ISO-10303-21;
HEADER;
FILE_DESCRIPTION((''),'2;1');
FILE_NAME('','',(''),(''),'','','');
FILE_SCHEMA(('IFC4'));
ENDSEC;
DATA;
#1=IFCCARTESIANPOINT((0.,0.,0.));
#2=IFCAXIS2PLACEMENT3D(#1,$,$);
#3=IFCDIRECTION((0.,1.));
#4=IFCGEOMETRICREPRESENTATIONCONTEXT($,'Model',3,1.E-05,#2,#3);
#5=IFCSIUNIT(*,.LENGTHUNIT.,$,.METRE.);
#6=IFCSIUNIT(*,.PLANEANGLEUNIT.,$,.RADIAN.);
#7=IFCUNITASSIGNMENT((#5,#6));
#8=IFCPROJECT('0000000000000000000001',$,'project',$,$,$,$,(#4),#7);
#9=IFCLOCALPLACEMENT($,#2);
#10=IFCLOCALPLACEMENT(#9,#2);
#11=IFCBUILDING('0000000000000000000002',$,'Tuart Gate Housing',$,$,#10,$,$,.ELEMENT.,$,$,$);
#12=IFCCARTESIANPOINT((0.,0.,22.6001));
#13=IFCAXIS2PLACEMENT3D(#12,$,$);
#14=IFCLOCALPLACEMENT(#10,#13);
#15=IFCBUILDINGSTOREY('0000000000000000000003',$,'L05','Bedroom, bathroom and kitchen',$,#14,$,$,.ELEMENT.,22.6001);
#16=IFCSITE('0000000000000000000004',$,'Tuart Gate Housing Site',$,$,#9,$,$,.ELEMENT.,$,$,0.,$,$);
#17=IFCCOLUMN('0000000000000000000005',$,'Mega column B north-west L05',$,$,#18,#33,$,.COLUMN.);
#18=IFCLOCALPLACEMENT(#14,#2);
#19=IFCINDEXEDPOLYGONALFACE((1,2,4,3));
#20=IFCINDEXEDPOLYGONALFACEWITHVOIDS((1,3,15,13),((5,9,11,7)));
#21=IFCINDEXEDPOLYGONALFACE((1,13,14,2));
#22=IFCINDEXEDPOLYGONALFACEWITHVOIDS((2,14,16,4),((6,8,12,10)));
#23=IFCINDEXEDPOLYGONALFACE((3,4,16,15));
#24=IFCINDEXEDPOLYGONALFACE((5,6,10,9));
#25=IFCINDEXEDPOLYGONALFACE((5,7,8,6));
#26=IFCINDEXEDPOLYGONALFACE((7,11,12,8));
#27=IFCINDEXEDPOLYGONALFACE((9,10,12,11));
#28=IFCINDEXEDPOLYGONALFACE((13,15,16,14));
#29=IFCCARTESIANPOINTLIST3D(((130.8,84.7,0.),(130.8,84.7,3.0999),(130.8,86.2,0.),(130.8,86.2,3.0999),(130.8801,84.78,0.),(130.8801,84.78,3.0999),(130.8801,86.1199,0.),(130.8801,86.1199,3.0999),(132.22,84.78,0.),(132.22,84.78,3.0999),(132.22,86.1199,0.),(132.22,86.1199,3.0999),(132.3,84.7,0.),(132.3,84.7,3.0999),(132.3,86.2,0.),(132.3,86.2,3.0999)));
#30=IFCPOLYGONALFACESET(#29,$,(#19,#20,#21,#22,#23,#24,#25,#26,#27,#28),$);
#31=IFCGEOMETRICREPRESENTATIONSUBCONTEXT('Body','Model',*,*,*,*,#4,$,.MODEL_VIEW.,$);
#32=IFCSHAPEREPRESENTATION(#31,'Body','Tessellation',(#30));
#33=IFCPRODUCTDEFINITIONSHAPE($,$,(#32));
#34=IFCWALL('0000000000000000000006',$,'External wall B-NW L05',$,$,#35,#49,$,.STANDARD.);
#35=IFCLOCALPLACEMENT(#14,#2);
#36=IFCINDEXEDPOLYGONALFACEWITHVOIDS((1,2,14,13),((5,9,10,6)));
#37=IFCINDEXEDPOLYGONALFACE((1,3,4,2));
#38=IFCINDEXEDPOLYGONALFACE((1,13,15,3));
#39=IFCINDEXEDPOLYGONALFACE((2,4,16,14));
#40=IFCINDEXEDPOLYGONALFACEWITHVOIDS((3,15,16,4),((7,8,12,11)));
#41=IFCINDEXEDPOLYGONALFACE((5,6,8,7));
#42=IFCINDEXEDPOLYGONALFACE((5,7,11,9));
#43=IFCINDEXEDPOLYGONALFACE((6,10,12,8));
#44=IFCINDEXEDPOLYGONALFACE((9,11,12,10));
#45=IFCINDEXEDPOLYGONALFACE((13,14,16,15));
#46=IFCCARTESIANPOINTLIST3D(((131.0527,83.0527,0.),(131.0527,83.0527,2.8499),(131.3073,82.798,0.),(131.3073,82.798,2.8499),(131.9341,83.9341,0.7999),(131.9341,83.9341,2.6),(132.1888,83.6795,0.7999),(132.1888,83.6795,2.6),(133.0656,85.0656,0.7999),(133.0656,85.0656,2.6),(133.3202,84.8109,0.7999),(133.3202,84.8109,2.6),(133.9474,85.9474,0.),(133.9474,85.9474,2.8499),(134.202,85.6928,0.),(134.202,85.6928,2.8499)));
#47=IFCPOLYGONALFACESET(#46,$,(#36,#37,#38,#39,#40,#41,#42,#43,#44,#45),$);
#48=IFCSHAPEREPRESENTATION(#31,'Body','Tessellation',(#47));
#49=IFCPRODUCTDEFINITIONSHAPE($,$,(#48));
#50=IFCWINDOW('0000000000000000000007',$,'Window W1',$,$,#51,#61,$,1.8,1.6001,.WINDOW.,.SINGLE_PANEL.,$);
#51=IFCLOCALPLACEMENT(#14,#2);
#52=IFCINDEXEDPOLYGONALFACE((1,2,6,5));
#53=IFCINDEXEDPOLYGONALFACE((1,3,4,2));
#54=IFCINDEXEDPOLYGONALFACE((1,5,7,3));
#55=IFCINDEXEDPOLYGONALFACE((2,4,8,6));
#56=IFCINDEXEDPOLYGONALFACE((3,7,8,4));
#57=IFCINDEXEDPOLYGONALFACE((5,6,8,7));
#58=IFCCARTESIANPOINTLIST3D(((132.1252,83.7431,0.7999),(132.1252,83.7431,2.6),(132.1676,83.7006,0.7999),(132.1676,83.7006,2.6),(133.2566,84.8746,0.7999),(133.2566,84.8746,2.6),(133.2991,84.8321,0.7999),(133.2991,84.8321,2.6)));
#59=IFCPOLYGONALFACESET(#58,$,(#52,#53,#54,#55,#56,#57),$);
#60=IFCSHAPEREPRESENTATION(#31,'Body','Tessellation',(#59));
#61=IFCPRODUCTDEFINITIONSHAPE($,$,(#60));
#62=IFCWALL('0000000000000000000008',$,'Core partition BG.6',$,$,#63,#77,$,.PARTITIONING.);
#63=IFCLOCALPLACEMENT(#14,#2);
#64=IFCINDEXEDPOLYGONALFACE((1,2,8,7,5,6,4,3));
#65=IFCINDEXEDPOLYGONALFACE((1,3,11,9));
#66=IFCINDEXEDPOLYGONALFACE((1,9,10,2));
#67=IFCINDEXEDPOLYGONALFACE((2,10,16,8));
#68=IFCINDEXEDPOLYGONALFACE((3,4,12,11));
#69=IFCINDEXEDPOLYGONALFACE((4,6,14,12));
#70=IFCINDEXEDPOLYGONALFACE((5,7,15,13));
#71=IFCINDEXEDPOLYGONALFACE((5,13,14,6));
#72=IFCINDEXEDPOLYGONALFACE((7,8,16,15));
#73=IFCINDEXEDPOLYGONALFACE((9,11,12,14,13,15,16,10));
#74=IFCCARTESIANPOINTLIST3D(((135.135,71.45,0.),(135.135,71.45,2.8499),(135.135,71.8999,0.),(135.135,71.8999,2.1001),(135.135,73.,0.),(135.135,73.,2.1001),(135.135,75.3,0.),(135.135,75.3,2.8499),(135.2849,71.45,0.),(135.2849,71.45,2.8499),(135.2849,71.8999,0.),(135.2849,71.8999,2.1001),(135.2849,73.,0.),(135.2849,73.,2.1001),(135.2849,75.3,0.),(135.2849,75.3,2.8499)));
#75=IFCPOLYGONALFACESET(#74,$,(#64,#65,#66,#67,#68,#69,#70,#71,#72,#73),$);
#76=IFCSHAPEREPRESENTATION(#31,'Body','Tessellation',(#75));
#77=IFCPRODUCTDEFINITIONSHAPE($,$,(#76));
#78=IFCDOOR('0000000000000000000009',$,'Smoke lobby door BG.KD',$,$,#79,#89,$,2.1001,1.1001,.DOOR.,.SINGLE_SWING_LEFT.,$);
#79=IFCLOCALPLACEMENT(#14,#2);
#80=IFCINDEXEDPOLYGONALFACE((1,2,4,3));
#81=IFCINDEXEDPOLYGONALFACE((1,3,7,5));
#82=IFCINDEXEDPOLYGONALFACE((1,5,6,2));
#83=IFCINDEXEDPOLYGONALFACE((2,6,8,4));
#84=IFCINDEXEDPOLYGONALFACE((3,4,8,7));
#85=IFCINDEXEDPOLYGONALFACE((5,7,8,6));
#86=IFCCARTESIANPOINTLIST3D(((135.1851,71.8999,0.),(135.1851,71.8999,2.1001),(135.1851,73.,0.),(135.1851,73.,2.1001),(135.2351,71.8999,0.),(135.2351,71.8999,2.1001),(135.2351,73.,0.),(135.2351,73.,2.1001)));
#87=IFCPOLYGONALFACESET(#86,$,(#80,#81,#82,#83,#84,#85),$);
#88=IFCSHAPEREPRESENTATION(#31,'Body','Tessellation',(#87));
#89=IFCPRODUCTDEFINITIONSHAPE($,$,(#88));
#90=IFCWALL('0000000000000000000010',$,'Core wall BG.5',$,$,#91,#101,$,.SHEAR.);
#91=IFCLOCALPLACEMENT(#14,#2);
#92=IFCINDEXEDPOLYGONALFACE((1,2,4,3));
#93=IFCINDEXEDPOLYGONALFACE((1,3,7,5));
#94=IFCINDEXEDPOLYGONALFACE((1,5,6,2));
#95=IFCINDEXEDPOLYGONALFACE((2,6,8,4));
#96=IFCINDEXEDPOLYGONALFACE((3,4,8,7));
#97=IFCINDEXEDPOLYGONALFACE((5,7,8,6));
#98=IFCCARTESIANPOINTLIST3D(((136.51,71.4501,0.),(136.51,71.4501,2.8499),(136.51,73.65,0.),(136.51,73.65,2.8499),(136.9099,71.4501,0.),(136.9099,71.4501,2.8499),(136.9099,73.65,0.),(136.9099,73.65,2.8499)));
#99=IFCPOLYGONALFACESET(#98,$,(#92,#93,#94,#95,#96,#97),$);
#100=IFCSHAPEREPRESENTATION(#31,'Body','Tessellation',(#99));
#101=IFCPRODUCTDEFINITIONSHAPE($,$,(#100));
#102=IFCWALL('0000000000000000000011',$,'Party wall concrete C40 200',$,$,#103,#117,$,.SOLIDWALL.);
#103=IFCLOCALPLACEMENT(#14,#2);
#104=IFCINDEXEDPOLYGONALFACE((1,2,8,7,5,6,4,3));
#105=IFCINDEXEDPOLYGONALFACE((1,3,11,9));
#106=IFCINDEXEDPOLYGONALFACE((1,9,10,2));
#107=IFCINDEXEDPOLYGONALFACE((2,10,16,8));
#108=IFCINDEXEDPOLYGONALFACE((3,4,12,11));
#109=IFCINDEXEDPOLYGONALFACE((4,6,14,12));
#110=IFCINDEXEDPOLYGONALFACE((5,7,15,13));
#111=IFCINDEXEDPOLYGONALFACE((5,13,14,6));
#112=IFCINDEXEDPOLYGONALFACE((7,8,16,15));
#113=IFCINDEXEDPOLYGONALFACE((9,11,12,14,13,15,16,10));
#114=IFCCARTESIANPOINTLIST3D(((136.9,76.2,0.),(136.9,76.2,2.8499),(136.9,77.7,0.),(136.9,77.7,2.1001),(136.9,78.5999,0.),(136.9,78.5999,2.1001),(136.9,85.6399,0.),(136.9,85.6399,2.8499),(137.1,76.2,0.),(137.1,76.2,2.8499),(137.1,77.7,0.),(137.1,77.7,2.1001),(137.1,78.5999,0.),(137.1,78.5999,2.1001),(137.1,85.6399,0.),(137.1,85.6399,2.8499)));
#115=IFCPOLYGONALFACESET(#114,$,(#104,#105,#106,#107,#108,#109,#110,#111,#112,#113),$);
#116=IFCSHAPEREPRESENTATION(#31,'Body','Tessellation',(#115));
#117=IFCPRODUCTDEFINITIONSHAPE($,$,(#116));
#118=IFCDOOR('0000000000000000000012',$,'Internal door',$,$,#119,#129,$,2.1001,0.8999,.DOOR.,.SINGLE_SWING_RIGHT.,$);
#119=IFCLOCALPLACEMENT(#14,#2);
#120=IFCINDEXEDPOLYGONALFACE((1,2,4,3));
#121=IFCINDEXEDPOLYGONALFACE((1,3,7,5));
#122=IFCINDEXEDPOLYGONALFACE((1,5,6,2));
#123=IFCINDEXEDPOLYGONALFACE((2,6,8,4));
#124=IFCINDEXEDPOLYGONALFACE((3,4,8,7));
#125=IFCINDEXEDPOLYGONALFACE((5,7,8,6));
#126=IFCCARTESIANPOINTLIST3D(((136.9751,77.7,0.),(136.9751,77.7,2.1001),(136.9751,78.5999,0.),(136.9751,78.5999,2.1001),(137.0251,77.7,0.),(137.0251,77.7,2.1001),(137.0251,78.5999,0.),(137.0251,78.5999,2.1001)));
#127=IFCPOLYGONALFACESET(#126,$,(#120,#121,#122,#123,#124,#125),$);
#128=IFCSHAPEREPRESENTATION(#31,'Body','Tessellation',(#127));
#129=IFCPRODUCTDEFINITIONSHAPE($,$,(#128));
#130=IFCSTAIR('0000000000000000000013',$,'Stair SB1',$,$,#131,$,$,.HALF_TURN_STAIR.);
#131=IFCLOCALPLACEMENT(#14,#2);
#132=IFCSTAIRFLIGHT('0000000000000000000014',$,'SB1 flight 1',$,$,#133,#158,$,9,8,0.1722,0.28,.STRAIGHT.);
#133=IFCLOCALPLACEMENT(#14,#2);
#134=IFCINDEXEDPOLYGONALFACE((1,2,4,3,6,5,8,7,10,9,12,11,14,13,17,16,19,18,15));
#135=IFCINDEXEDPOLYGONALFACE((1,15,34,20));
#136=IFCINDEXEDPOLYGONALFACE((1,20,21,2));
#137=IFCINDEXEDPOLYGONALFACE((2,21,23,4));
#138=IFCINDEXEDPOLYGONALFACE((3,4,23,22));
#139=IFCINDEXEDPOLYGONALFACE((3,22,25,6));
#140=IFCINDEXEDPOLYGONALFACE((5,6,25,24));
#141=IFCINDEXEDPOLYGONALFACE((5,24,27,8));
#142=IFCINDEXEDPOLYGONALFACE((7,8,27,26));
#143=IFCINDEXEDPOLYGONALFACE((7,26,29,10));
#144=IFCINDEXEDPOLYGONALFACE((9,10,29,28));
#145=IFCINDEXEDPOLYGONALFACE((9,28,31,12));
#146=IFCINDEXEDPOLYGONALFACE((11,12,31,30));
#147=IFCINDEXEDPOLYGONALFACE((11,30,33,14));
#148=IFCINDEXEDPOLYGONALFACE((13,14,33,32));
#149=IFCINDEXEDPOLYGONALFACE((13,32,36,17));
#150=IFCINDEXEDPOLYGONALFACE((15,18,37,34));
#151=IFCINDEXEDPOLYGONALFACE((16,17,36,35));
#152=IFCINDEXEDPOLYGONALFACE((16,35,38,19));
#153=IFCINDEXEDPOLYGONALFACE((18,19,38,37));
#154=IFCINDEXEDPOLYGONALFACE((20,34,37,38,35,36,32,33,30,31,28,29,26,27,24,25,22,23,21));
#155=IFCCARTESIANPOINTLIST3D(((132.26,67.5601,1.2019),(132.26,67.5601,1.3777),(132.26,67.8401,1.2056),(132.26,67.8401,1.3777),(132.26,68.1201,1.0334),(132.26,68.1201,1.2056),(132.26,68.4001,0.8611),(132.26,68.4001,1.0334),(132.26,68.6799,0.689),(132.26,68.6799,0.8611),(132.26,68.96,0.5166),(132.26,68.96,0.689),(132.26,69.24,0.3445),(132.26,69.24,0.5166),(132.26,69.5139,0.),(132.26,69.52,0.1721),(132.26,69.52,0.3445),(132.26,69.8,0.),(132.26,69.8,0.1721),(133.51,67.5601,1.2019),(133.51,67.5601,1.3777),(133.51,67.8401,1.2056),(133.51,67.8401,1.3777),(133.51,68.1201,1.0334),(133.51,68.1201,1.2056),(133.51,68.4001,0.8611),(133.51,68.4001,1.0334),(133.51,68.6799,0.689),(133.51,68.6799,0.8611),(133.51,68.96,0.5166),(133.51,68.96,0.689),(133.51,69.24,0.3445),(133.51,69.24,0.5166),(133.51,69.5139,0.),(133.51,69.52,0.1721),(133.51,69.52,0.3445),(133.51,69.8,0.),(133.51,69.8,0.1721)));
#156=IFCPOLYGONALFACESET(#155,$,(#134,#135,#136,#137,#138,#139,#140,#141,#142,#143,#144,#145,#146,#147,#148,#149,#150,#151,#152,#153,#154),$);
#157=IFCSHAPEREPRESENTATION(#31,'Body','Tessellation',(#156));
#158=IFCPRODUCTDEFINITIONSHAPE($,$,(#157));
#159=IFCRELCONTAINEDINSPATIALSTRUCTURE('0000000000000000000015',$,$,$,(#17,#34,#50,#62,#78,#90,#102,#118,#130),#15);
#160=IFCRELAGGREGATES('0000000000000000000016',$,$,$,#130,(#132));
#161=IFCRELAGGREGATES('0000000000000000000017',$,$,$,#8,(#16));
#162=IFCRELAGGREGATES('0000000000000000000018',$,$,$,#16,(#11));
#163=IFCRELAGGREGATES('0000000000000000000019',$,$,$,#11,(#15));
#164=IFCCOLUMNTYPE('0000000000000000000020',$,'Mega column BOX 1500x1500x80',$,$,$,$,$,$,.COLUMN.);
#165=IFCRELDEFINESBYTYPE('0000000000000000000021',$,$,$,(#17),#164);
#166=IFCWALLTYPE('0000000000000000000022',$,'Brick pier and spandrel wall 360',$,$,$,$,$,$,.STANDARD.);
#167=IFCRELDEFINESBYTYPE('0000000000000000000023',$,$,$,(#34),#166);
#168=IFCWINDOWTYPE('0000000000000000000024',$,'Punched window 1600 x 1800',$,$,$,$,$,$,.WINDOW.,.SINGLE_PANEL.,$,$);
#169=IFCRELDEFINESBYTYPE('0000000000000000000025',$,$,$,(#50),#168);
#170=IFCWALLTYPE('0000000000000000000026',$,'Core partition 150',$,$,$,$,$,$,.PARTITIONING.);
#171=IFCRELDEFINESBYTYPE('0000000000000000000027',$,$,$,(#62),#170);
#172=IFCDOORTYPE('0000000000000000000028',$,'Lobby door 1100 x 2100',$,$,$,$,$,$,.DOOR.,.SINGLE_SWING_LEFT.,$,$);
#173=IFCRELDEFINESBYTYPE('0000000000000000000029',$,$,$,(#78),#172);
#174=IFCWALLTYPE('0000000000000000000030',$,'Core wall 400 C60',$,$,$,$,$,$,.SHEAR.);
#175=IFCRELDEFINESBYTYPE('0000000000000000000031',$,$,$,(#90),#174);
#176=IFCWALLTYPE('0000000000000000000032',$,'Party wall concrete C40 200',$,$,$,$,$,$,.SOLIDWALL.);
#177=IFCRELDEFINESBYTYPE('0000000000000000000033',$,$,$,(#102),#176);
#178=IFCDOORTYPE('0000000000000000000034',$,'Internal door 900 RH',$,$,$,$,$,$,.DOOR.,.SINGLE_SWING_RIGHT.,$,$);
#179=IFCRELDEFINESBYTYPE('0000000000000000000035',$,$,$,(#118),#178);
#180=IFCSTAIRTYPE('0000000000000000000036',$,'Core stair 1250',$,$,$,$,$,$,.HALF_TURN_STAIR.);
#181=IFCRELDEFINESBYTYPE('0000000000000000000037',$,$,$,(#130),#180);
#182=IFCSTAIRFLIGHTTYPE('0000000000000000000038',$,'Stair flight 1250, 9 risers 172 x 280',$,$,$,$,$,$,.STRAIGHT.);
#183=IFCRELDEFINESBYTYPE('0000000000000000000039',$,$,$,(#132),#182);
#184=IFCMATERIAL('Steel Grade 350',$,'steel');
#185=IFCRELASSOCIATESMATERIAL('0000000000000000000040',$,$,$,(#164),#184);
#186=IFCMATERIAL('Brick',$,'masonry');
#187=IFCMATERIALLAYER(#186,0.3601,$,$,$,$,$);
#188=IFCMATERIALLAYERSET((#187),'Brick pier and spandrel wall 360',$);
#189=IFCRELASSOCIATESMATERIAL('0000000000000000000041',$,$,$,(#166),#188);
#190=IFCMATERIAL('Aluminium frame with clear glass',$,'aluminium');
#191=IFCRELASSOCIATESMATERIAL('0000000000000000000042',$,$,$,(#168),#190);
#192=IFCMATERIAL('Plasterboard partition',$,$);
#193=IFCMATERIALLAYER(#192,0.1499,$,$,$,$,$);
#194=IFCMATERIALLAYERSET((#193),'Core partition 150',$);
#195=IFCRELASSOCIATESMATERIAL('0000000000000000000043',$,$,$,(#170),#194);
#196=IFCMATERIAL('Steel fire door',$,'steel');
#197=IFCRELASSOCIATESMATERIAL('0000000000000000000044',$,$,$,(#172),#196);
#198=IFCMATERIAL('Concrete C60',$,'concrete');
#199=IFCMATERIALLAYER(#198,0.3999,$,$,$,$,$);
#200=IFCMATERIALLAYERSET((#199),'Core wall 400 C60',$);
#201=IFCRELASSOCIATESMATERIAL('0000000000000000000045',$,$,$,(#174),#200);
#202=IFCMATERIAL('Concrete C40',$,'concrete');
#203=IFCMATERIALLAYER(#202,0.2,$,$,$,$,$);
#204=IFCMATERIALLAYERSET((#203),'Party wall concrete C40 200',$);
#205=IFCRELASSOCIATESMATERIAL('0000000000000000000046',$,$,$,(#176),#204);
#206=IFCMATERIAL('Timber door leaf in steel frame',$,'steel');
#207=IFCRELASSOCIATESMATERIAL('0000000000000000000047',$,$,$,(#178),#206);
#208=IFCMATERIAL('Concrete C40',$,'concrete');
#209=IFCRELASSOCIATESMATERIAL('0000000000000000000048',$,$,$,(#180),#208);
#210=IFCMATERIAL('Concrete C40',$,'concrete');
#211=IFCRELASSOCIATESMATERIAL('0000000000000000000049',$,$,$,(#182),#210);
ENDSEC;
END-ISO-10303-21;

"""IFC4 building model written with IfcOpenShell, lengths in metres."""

from ifc_helpers import new_model, si_unit, direction, frame, frame_2d, origin, origin_2d, place, context, subcontext, project, spatial, polyline, rectangle, hollow_rectangle, outline, extrude, material, layer, layer_set, material_profile, profile_set, type_object, element, fill, aggregate, save


model = new_model("IFC4")

# Units and contexts
model_context = context("Model", 3, precision=1e-05, world=origin(), true_north=direction((0.0, 1.0)))
body_context = subcontext(model_context, "Body", "Model", "MODEL_VIEW")
ifc_project = project(units=[si_unit("LENGTHUNIT", "METRE"), si_unit("PLANEANGLEUNIT", "RADIAN")], contexts=[model_context])

# Site, building, storey
site_placement = place(None, origin())
site = spatial("IfcSite", under=ifc_project, at=site_placement, Name="Tuart Gate Housing Site", CompositionType="ELEMENT", RefElevation=0.0)
building_placement = place(site_placement, origin())
building = spatial("IfcBuilding", under=site, at=building_placement, Name="Tuart Gate Housing", CompositionType="ELEMENT")
storey_placement = place(building_placement, frame((0.0, 0.0, 22.6001)))
storey = spatial("IfcBuildingStorey", under=building, at=storey_placement, Name="L05", Description="Bedroom, bathroom and kitchen", CompositionType="ELEMENT", Elevation=22.6001)

# Column
ifc_material_1 = material(Name="Steel Grade 350", Category="steel")
ifc_material_profile = material_profile(ifc_material_1, hollow_rectangle(XDim=1.5, YDim=1.5, WallThickness=0.0801, at=origin_2d()), Name="BOX 1500x1500x80")
ifc_profile_set = profile_set([ifc_material_profile], Name="Steel Grade 350")
column_type = type_object("IfcColumnType", Name="Mega column BOX 1500x1500x80", PredefinedType="COLUMN", material=ifc_profile_set)
column_placement = place(storey_placement, frame((131.55, 85.45, 0.0), z_axis=(0.0, 0.0, 1.0), x_axis=(1.0, 0.0, 0.0)))
element("IfcColumn", 1, at=column_placement, inside=storey, type_object=column_type, Name="Mega column B north-west L05", PredefinedType="COLUMN", context=body_context, shape_type="SweptSolid", body=[
    extrude(hollow_rectangle(XDim=1.5, YDim=1.5, WallThickness=0.0801, at=origin_2d()), origin(), (0.0, 0.0, 1.0), 3.0999),
])

# Wall, opening, window
ifc_material_2 = material(Name="Brick", Category="masonry")
ifc_layer_1 = layer(ifc_material_2, 0.3601)
ifc_layer_set_1 = layer_set([ifc_layer_1], Name="Brick pier and spandrel wall 360")
wall_type_1 = type_object("IfcWallType", Name="Brick pier and spandrel wall 360", PredefinedType="STANDARD", material=ifc_layer_set_1)
wall_1_placement = place(storey_placement, frame((134.0747, 85.8201, 0.0), z_axis=(0.0, 0.0, 1.0), x_axis=(-0.707107, -0.707107, 0.0)))
wall_1 = element("IfcWall", 2, at=wall_1_placement, inside=storey, type_object=wall_type_1, Name="External wall B-NW L05", PredefinedType="STANDARD", context=body_context, shape_type="SweptSolid", body=[
    extrude(rectangle(XDim=4.0938, YDim=0.3601, at=frame_2d((2.0469, 0.0))), origin(), (0.0, 0.0, 1.0), 2.8499),
])
opening_1_placement = place(wall_1_placement, frame((1.2471, 0.0, 0.8)))
opening_1 = element("IfcOpeningElement", 3, at=opening_1_placement, cuts=wall_1, PredefinedType="OPENING", context=body_context, shape_type="SweptSolid", body=[
    extrude(rectangle(XDim=1.6001, YDim=1.8, at=frame_2d((0.8, 0.8999))), frame((0.0, 0.1899, 0.0), z_axis=(0.0, -1.0, 0.0), x_axis=(1.0, 0.0, 0.0)), (0.0, 0.0, 1.0), 0.3801),
])
ifc_material_3 = material(Name="Aluminium frame with clear glass", Category="aluminium")
window_type = type_object("IfcWindowType", Name="Punched window 1600 x 1800", PartitioningType="SINGLE_PANEL", PredefinedType="WINDOW", material=ifc_material_3)
window_placement = place(opening_1_placement, origin())
window = element("IfcWindow", 4, at=window_placement, inside=storey, type_object=window_type, Name="Window W1", OverallHeight=1.8, OverallWidth=1.6001, PartitioningType="SINGLE_PANEL", PredefinedType="WINDOW", context=body_context, shape_type="SweptSolid", body=[
    extrude(rectangle(XDim=1.6001, YDim=1.8, at=frame_2d((0.8, 0.8999))), frame((0.0, 0.1501, 0.0), z_axis=(0.0, -1.0, 0.0), x_axis=(1.0, 0.0, 0.0)), (0.0, 0.0, 1.0), 0.0601),
])
fill(opening_1, window)

# Wall, opening, door
ifc_material_4 = material(Name="Plasterboard partition")
ifc_layer_2 = layer(ifc_material_4, 0.1499)
ifc_layer_set_2 = layer_set([ifc_layer_2], Name="Core partition 150")
wall_type_2 = type_object("IfcWallType", Name="Core partition 150", PredefinedType="PARTITIONING", material=ifc_layer_set_2)
wall_2_placement = place(storey_placement, frame((135.21, 71.45, 0.0), z_axis=(0.0, 0.0, 1.0), x_axis=(0.0, 1.0, 0.0)))
wall_2 = element("IfcWall", 5, at=wall_2_placement, inside=storey, type_object=wall_type_2, Name="Core partition BG.6", PredefinedType="PARTITIONING", context=body_context, shape_type="SweptSolid", body=[
    extrude(rectangle(XDim=3.8501, YDim=0.1499, at=frame_2d((1.925, 0.0))), origin(), (0.0, 0.0, 1.0), 2.8499),
])
opening_2_placement = place(wall_2_placement, frame((0.45, 0.0, 0.0)))
opening_2 = element("IfcOpeningElement", 6, at=opening_2_placement, cuts=wall_2, PredefinedType="OPENING", context=body_context, shape_type="SweptSolid", body=[
    extrude(rectangle(XDim=1.1001, YDim=2.1001, at=frame_2d((0.55, 1.05))), frame((0.0, 0.085, 0.0), z_axis=(0.0, -1.0, 0.0), x_axis=(1.0, 0.0, 0.0)), (0.0, 0.0, 1.0), 0.1699),
])
ifc_material_5 = material(Name="Steel fire door", Category="steel")
door_type_1 = type_object("IfcDoorType", Name="Lobby door 1100 x 2100", OperationType="SINGLE_SWING_LEFT", PredefinedType="DOOR", material=ifc_material_5)
door_1_placement = place(opening_2_placement, origin())
door_1 = element("IfcDoor", 7, at=door_1_placement, inside=storey, type_object=door_type_1, Name="Smoke lobby door BG.KD", OperationType="SINGLE_SWING_LEFT", OverallHeight=2.1001, OverallWidth=1.1001, PredefinedType="DOOR", context=body_context, shape_type="SweptSolid", body=[
    extrude(rectangle(XDim=1.1001, YDim=2.1001, at=frame_2d((0.55, 1.05))), frame((0.0, 0.0249, 0.0), z_axis=(0.0, -1.0, 0.0), x_axis=(1.0, 0.0, 0.0)), (0.0, 0.0, 1.0), 0.05),
])
fill(opening_2, door_1)

# Wall
ifc_material_6 = material(Name="Concrete C60", Category="concrete")
ifc_layer_3 = layer(ifc_material_6, 0.3999)
ifc_layer_set_3 = layer_set([ifc_layer_3], Name="Core wall 400 C60")
wall_type_3 = type_object("IfcWallType", Name="Core wall 400 C60", PredefinedType="SHEAR", material=ifc_layer_set_3)
wall_3_placement = place(storey_placement, frame((136.71, 71.45, 0.0), z_axis=(0.0, 0.0, 1.0), x_axis=(0.0, 1.0, 0.0)))
element("IfcWall", 8, at=wall_3_placement, inside=storey, type_object=wall_type_3, Name="Core wall BG.5", PredefinedType="SHEAR", context=body_context, shape_type="SweptSolid", body=[
    extrude(rectangle(XDim=2.2, YDim=0.3999, at=frame_2d((1.1001, 0.0))), origin(), (0.0, 0.0, 1.0), 2.8499),
])

# Wall, opening, door
ifc_material_7 = material(Name="Concrete C40", Category="concrete")
ifc_layer_4 = layer(ifc_material_7, 0.2)
ifc_layer_set_4 = layer_set([ifc_layer_4], Name="Party wall concrete C40 200")
wall_type_4 = type_object("IfcWallType", Name="Party wall concrete C40 200", PredefinedType="SOLIDWALL", material=ifc_layer_set_4)
wall_4_placement = place(storey_placement, frame((137.0, 76.2, 0.0), z_axis=(0.0, 0.0, 1.0), x_axis=(0.0, 1.0, 0.0)))
wall_4 = element("IfcWall", 9, at=wall_4_placement, inside=storey, type_object=wall_type_4, Name="Party wall concrete C40 200", PredefinedType="SOLIDWALL", context=body_context, shape_type="SweptSolid", body=[
    extrude(rectangle(XDim=9.4399, YDim=0.2, at=frame_2d((4.72, 0.0))), origin(), (0.0, 0.0, 1.0), 2.8499),
])
opening_3_placement = place(wall_4_placement, frame((1.5, 0.0, 0.0)))
opening_3 = element("IfcOpeningElement", 10, at=opening_3_placement, cuts=wall_4, PredefinedType="OPENING", context=body_context, shape_type="SweptSolid", body=[
    extrude(rectangle(XDim=0.8999, YDim=2.1001, at=frame_2d((0.45, 1.05))), frame((0.0, 0.1099, 0.0), z_axis=(0.0, -1.0, 0.0), x_axis=(1.0, 0.0, 0.0)), (0.0, 0.0, 1.0), 0.22),
])
ifc_material_8 = material(Name="Timber door leaf in steel frame", Category="steel")
door_type_2 = type_object("IfcDoorType", Name="Internal door 900 RH", OperationType="SINGLE_SWING_RIGHT", PredefinedType="DOOR", material=ifc_material_8)
door_2_placement = place(opening_3_placement, frame((0.8999, 0.0, 0.0), z_axis=(0.0, 0.0, 1.0), x_axis=(-1.0, 0.0, 0.0)))
door_2 = element("IfcDoor", 11, at=door_2_placement, inside=storey, type_object=door_type_2, Name="Internal door", OperationType="SINGLE_SWING_RIGHT", OverallHeight=2.1001, OverallWidth=0.8999, PredefinedType="DOOR", context=body_context, shape_type="SweptSolid", body=[
    extrude(rectangle(XDim=0.8999, YDim=2.1001, at=frame_2d((0.45, 1.05))), frame((0.0, 0.0251, 0.0), z_axis=(0.0, -1.0, 0.0), x_axis=(1.0, 0.0, 0.0)), (0.0, 0.0, 1.0), 0.05),
])
fill(opening_3, door_2)

# Stair, stair flight
ifc_material_9 = material(Name="Concrete C40", Category="concrete")
stair_type = type_object("IfcStairType", Name="Core stair 1250", PredefinedType="HALF_TURN_STAIR", material=ifc_material_9)
stair_placement = place(storey_placement, origin())
stair = element("IfcStair", 12, at=stair_placement, inside=storey, type_object=stair_type, Name="Stair SB1", PredefinedType="HALF_TURN_STAIR")
ifc_material_10 = material(Name="Concrete C40", Category="concrete")
stair_flight_type = type_object("IfcStairFlightType", Name="Stair flight 1250, 9 risers 172 x 280", PredefinedType="STRAIGHT", material=ifc_material_10)
stair_flight_1_placement = place(storey_placement, frame((132.885, 69.8, 0.0), z_axis=(0.0, 0.0, 1.0), x_axis=(0.0, -1.0, 0.0)))
stair_flight_1 = element("IfcStairFlight", 13, at=stair_flight_1_placement, type_object=stair_flight_type, Name="SB1 flight 1", NumberOfRisers=9, NumberOfTreads=8, PredefinedType="STRAIGHT", RiserHeight=0.1722, TreadLength=0.28, context=body_context, shape_type="SweptSolid", body=[
    extrude(outline(polyline([(0.0, 0.0), (0.0, 0.1721), (0.28, 0.1721), (0.28, 0.3445), (0.5601, 0.3445), (0.5601, 0.5166), (0.8401, 0.5166), (0.8401, 0.689), (1.1201, 0.689), (1.1201, 0.8611), (1.3999, 0.8611), (1.3999, 1.0334), (1.6799, 1.0334), (1.6799, 1.2056), (1.96, 1.2056), (1.96, 1.3777), (2.24, 1.3777), (2.24, 1.55), (2.24, 1.2019), (0.2861, 0.0), (0.0, 0.0)])), frame((0.0, 0.625, 0.0), z_axis=(0.0, -1.0, 0.0), x_axis=(1.0, 0.0, 0.0)), (0.0, 0.0, 1.0), 1.25),
])
aggregate(stair, [stair_flight_1])

save(model, "model.ifc")
